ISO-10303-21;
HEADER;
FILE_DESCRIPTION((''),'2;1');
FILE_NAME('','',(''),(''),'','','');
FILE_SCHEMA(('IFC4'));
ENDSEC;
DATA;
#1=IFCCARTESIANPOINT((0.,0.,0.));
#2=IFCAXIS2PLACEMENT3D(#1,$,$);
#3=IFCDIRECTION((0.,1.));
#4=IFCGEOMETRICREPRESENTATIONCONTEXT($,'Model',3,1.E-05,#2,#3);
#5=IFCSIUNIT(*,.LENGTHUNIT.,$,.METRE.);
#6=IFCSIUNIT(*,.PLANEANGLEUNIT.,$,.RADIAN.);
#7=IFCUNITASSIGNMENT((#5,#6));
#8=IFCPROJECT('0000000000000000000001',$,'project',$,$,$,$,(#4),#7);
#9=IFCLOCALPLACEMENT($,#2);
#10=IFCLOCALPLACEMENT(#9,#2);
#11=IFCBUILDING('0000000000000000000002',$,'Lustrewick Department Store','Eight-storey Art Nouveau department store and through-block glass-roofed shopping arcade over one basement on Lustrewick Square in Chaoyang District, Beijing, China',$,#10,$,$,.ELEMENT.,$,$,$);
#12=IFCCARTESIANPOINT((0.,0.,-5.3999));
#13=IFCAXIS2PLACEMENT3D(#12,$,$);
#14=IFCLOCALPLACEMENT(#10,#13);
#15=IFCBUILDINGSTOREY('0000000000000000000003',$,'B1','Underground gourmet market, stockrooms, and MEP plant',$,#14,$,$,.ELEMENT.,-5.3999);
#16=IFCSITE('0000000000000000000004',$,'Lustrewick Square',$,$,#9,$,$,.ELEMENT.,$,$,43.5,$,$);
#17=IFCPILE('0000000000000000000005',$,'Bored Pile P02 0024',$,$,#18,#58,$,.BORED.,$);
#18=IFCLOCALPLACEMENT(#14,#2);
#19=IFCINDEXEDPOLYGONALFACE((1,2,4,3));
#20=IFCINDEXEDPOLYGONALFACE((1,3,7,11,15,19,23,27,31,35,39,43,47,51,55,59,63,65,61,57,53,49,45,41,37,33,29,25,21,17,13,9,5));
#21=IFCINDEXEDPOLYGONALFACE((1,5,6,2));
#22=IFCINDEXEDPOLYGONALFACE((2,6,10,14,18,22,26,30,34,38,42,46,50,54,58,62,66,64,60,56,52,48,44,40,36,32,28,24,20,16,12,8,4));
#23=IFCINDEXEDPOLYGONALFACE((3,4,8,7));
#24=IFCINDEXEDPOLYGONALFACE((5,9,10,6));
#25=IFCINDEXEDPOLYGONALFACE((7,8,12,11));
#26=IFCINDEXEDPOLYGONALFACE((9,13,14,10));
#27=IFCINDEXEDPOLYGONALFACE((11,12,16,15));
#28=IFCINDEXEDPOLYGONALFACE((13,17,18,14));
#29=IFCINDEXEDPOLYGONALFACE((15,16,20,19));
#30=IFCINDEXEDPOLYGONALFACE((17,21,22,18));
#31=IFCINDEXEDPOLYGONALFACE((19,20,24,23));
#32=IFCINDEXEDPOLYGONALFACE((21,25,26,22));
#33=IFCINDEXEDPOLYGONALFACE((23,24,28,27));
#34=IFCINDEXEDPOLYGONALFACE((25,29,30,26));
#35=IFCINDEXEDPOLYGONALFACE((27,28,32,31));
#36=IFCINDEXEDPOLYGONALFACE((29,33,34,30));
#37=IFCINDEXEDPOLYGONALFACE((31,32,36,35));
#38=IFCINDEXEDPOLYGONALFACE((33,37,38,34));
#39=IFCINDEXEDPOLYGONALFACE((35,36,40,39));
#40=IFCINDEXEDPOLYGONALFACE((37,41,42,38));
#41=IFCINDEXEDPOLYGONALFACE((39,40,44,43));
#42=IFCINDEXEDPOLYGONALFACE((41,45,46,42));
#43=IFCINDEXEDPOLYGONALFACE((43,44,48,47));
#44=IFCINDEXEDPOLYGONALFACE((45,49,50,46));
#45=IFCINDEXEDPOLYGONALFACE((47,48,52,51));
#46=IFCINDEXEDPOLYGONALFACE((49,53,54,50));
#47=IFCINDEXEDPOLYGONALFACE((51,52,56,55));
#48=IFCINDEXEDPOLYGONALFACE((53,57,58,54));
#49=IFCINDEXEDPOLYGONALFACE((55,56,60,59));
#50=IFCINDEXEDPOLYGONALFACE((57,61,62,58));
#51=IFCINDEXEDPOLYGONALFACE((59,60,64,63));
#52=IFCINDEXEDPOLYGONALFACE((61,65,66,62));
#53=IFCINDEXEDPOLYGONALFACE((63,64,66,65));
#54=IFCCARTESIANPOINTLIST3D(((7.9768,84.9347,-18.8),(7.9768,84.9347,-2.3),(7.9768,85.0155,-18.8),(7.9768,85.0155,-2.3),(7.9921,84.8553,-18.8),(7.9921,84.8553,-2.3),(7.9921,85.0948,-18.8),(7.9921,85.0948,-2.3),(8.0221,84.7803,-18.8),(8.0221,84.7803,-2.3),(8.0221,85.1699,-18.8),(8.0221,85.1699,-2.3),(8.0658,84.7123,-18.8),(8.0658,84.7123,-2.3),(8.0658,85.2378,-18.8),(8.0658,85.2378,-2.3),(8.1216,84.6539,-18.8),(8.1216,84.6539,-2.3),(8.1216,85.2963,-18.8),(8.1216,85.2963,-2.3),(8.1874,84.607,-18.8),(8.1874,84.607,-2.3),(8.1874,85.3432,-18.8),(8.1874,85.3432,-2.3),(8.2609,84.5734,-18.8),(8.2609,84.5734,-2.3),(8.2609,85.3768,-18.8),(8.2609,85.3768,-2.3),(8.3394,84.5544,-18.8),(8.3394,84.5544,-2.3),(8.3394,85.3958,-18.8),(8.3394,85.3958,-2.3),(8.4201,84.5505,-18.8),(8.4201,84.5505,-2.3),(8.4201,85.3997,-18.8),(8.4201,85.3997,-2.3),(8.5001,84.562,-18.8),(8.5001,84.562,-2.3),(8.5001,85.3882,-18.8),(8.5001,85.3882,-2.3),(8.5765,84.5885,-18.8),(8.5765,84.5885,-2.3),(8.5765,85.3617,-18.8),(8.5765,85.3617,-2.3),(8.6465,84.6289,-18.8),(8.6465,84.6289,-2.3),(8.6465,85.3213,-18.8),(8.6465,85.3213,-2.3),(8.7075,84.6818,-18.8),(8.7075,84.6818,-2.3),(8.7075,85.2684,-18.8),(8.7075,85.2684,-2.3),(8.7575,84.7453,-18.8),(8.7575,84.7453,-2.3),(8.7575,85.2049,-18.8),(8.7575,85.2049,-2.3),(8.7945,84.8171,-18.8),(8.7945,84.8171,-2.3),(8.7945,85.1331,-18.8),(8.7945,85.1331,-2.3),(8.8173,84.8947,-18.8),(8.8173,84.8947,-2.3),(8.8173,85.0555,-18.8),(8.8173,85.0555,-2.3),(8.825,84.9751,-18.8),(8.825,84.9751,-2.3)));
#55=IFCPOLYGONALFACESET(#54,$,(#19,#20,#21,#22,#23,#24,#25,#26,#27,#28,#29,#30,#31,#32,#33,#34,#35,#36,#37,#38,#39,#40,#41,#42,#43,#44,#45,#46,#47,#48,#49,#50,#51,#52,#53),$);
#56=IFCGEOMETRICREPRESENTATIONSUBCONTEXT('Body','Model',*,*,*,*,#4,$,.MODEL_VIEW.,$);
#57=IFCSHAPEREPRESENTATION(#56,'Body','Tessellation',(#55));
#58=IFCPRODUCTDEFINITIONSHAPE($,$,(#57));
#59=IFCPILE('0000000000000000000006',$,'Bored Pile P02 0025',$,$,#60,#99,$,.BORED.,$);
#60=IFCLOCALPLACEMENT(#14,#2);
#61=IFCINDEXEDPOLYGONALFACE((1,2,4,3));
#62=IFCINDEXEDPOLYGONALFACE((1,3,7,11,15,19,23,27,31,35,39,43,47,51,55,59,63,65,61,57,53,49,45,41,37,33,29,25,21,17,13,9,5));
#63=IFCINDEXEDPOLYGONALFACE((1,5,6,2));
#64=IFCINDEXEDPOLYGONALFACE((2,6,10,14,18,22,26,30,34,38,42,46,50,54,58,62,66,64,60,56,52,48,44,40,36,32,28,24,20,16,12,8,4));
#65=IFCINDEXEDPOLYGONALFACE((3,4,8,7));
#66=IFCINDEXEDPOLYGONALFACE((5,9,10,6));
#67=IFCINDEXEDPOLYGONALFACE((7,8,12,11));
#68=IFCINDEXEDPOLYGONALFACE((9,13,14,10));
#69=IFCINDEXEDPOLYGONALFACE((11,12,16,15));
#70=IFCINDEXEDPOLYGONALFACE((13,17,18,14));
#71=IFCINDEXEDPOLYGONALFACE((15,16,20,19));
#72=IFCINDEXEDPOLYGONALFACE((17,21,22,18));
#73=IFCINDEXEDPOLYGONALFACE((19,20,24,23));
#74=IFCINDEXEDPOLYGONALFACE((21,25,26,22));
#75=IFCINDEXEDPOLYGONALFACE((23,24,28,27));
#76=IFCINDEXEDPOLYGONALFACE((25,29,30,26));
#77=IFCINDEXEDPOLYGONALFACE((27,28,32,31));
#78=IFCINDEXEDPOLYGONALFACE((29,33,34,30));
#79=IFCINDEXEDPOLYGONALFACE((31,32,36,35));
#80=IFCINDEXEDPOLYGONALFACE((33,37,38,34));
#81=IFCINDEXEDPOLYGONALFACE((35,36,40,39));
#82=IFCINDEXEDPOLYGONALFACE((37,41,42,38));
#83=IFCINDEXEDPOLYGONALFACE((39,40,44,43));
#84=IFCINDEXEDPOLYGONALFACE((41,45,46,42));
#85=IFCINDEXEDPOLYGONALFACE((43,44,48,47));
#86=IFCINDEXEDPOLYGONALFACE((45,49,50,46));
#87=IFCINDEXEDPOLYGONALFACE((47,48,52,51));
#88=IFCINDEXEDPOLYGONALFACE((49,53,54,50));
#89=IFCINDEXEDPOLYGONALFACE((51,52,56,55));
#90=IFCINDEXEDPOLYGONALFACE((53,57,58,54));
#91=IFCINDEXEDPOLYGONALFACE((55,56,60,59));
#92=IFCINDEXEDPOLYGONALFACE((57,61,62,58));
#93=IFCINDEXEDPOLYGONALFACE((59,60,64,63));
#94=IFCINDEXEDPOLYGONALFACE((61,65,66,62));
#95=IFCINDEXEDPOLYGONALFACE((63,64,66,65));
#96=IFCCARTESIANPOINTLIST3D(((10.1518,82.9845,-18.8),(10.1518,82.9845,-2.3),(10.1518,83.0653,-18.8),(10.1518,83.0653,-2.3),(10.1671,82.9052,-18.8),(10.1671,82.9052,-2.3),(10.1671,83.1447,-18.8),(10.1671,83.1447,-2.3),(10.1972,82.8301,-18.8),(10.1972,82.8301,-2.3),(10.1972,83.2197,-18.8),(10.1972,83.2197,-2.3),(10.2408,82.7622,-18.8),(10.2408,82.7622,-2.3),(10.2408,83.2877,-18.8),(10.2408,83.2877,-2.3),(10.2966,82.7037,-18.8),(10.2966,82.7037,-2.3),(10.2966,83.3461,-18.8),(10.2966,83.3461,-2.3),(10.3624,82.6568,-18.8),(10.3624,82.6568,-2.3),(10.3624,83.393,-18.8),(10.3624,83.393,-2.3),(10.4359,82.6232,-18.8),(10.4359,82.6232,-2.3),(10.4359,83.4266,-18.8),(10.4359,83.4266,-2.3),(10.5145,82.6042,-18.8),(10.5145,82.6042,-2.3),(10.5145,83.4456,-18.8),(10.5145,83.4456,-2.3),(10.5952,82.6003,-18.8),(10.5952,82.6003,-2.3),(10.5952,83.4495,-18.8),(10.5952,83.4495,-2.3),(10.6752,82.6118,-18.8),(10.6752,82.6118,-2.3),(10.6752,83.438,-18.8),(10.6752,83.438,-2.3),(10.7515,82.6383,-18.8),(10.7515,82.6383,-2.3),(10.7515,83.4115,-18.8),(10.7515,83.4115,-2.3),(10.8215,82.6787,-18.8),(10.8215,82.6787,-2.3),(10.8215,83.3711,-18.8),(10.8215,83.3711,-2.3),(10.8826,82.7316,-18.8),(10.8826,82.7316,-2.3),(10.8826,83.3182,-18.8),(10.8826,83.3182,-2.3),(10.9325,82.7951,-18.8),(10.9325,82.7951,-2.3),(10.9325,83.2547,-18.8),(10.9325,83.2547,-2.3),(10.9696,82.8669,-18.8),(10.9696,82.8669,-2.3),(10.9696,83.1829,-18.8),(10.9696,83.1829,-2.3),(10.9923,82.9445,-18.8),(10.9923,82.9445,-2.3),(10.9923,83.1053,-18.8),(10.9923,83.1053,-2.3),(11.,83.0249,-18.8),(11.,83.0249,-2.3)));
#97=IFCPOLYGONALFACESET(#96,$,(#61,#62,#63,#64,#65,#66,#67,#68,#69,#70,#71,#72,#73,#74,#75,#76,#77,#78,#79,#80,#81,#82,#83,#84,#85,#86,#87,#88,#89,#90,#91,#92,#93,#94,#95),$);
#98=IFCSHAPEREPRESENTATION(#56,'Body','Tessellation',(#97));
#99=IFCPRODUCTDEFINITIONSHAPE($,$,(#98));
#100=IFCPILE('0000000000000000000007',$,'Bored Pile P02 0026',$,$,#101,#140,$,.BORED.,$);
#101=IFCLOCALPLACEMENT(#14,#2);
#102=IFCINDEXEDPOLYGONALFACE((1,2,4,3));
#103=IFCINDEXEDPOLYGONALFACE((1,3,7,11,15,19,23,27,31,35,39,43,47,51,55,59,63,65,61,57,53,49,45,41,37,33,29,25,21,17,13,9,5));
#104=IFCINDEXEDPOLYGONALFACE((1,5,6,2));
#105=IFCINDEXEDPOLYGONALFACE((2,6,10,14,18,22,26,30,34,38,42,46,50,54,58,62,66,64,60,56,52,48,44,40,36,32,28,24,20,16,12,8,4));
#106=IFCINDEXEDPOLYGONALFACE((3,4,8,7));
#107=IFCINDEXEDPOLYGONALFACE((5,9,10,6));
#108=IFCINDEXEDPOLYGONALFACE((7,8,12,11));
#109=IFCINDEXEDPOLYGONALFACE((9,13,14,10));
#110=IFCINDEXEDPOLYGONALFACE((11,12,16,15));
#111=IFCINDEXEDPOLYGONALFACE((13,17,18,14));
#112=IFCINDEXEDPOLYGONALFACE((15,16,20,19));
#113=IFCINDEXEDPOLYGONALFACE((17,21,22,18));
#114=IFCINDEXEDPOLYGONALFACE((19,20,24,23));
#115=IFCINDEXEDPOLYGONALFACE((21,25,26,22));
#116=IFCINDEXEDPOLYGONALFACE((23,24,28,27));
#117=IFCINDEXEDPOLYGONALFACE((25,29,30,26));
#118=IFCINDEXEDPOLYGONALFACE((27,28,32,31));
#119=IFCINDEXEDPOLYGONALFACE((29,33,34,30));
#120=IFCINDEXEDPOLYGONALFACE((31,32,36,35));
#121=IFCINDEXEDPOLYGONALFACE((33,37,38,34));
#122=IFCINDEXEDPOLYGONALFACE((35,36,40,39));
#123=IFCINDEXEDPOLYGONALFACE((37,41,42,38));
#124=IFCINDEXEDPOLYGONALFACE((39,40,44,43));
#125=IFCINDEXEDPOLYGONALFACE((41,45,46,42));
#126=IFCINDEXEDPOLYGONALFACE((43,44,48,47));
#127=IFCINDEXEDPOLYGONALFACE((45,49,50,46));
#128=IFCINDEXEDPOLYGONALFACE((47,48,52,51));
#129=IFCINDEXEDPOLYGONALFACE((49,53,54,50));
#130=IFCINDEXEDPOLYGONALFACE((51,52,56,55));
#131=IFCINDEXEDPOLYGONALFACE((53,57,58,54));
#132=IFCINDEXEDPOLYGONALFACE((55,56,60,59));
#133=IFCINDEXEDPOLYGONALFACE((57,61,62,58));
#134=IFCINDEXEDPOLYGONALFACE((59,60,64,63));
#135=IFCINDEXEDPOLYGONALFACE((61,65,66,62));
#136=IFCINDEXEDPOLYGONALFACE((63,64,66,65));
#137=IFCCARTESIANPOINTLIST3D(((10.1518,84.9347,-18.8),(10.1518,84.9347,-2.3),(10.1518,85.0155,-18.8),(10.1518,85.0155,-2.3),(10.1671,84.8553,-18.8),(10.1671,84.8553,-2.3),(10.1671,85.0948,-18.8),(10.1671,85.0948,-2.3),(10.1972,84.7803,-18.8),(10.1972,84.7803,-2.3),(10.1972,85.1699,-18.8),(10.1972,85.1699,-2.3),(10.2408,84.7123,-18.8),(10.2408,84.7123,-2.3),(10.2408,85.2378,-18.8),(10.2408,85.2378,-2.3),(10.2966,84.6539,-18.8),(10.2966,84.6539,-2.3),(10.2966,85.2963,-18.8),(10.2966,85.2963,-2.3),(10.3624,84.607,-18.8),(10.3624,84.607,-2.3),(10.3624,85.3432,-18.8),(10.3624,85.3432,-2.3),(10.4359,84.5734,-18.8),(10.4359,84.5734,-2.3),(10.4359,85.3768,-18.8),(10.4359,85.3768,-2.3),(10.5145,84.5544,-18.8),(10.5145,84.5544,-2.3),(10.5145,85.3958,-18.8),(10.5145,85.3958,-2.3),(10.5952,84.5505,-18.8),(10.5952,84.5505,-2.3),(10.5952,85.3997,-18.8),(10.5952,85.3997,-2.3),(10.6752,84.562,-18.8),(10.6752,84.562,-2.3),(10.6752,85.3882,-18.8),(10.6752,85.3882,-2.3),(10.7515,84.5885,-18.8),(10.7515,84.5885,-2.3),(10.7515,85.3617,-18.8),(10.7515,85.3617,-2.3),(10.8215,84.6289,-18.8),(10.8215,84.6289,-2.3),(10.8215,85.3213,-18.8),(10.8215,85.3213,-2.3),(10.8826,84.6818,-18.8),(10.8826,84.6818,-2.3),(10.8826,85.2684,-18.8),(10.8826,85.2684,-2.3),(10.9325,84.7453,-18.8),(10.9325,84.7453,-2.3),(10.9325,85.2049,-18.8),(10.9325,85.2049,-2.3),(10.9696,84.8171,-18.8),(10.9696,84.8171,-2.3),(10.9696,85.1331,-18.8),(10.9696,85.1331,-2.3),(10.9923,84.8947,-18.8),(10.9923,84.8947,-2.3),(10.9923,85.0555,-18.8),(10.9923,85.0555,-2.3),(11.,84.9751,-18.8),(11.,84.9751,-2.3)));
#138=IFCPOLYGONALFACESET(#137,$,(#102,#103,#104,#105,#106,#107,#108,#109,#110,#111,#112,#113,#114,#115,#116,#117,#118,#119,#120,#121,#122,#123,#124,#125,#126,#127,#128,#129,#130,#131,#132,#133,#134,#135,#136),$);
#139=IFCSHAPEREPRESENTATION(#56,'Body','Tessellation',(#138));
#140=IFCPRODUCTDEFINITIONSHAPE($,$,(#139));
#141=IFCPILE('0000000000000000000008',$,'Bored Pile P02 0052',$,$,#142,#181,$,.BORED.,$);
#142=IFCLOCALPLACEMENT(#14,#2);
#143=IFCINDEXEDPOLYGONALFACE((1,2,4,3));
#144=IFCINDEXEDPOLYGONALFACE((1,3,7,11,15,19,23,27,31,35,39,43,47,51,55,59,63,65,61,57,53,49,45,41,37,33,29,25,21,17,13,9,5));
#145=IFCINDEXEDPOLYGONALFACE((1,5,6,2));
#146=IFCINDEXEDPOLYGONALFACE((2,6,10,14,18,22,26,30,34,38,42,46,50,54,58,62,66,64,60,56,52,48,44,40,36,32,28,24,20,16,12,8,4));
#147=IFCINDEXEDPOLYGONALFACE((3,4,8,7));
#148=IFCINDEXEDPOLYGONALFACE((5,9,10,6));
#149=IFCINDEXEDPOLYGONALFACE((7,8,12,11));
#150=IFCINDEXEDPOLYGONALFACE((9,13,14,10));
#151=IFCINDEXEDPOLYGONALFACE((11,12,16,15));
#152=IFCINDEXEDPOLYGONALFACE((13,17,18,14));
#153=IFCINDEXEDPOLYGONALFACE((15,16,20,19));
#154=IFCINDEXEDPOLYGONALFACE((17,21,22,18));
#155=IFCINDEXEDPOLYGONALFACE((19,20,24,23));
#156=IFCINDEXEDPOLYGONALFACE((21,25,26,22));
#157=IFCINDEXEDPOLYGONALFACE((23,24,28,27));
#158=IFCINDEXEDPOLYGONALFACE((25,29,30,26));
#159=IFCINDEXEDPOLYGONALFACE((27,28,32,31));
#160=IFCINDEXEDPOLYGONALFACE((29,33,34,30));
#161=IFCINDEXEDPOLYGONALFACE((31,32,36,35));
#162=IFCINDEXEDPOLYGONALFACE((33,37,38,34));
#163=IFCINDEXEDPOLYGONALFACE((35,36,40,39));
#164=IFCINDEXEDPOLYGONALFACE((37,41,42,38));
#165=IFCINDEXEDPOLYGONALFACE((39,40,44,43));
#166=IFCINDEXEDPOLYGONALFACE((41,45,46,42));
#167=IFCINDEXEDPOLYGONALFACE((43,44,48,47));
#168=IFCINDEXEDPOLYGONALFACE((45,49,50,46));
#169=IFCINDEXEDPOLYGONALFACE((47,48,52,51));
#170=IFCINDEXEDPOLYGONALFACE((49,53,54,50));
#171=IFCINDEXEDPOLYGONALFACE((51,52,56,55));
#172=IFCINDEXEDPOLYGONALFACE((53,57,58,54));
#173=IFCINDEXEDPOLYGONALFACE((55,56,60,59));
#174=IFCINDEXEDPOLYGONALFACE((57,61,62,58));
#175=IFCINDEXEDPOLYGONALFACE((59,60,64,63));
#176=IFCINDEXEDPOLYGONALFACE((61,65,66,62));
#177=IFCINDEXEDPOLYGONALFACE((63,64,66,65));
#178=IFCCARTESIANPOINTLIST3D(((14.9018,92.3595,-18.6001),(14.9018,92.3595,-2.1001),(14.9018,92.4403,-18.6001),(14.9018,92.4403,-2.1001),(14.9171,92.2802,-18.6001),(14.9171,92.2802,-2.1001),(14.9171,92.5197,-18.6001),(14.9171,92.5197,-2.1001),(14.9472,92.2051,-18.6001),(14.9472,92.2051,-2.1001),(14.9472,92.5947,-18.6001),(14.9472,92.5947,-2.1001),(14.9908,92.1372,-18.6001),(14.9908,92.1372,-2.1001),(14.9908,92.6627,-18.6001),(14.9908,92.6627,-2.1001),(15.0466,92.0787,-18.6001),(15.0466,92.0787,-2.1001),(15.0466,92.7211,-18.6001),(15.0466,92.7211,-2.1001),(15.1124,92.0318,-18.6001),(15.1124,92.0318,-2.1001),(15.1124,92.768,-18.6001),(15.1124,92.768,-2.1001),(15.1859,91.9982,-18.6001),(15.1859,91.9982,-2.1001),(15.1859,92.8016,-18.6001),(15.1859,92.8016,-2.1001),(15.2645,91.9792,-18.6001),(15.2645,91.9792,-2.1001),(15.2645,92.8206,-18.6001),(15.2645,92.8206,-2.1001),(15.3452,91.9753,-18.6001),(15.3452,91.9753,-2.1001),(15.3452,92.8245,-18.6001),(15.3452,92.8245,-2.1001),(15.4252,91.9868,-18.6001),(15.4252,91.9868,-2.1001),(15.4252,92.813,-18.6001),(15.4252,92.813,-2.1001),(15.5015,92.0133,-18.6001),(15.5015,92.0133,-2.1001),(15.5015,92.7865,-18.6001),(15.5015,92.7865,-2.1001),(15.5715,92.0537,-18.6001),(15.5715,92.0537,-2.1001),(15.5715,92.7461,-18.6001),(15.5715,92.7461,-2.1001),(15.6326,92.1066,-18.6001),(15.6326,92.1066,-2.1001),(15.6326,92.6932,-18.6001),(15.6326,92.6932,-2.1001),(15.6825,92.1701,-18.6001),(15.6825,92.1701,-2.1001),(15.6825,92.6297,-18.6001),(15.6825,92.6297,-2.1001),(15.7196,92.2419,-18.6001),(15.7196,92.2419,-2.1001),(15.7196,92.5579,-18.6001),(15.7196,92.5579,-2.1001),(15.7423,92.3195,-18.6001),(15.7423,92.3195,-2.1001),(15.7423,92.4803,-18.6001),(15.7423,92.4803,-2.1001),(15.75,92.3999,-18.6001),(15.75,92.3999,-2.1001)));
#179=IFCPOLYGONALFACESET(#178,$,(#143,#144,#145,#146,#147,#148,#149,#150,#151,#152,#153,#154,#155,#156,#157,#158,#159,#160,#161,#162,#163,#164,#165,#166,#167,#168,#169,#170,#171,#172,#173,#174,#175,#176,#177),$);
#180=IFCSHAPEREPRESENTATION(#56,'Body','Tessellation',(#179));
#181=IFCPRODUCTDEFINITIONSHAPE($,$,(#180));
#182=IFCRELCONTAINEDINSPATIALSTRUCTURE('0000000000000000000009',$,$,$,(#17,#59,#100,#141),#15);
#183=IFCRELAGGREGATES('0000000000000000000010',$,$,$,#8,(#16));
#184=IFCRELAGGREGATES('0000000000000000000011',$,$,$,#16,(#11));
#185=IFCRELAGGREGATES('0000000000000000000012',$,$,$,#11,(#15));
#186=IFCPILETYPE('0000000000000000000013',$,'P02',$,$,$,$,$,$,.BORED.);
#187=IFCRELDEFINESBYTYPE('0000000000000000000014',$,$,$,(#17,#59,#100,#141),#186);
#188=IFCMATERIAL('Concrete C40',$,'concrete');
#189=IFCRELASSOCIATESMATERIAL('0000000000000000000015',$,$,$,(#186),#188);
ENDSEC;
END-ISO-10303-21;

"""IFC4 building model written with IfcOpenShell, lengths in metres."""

from ifc_helpers import new_model, si_unit, direction, frame, origin, origin_2d, place, context, subcontext, project, spatial, circle, extrude, material, material_profile, profile_set, type_object, element, save


model = new_model("IFC4")

# Units and contexts
model_context = context("Model", 3, precision=1e-05, world=origin(), true_north=direction((0.0, 1.0)))
body_context = subcontext(model_context, "Body", "Model", "MODEL_VIEW")
ifc_project = project(units=[si_unit("LENGTHUNIT", "METRE"), si_unit("PLANEANGLEUNIT", "RADIAN")], contexts=[model_context])

# Site, building, storey
site_placement = place(None, origin())
site = spatial("IfcSite", under=ifc_project, at=site_placement, Name="Lustrewick Square", CompositionType="ELEMENT", RefElevation=43.5)
building_placement = place(site_placement, origin())
building = spatial("IfcBuilding", under=site, at=building_placement, Name="Lustrewick Department Store", Description="Eight-storey Art Nouveau department store and through-block glass-roofed shopping arcade over one basement on Lustrewick Square in Chaoyang District, Beijing, China", CompositionType="ELEMENT")
storey_placement = place(building_placement, frame((0.0, 0.0, -5.3999)))
storey = spatial("IfcBuildingStorey", under=building, at=storey_placement, Name="B1", Description="Underground gourmet market, stockrooms, and MEP plant", CompositionType="ELEMENT", Elevation=-5.3999)

# Piles
ifc_material_1 = material(Name="Concrete C40", Category="concrete")
ifc_material_profile_1 = material_profile(ifc_material_1, circle(Radius=0.425, at=origin_2d()), Name="PILE D850")
ifc_profile_set_1 = profile_set([ifc_material_profile_1], Name="Concrete C40")
pile_type_1 = type_object("IfcPileType", Name="P02", PredefinedType="BORED", material=ifc_profile_set_1)
for number, where, z_axis, x_axis, name in (
    (1, (8.3999, 84.9751, -2.3), (0.0, 0.0, -1.0), (1.0, 0.0, 0.0), "Bored Pile P02 0024"),
    (2, (10.575, 83.0249, -2.3), (0.0, 0.0, -1.0), (1.0, 0.0, 0.0), "Bored Pile P02 0025"),
    (3, (10.575, 84.9751, -2.3), (0.0, 0.0, -1.0), (1.0, 0.0, 0.0), "Bored Pile P02 0026"),
    (4, (15.325, 92.3999, -2.1001), (0.0, 0.0, -1.0), (1.0, 0.0, 0.0), "Bored Pile P02 0052"),
):
    element("IfcPile", number, at=place(storey_placement, frame(where, z_axis=z_axis, x_axis=x_axis)), inside=storey, type_object=pile_type_1, Name=name, PredefinedType="BORED", context=body_context, shape_type="SweptSolid", body=[
        extrude(circle(Radius=0.425, at=origin_2d()), origin(), (0.0, 0.0, 1.0), 16.5),
    ])

save(model, "model.ifc")
